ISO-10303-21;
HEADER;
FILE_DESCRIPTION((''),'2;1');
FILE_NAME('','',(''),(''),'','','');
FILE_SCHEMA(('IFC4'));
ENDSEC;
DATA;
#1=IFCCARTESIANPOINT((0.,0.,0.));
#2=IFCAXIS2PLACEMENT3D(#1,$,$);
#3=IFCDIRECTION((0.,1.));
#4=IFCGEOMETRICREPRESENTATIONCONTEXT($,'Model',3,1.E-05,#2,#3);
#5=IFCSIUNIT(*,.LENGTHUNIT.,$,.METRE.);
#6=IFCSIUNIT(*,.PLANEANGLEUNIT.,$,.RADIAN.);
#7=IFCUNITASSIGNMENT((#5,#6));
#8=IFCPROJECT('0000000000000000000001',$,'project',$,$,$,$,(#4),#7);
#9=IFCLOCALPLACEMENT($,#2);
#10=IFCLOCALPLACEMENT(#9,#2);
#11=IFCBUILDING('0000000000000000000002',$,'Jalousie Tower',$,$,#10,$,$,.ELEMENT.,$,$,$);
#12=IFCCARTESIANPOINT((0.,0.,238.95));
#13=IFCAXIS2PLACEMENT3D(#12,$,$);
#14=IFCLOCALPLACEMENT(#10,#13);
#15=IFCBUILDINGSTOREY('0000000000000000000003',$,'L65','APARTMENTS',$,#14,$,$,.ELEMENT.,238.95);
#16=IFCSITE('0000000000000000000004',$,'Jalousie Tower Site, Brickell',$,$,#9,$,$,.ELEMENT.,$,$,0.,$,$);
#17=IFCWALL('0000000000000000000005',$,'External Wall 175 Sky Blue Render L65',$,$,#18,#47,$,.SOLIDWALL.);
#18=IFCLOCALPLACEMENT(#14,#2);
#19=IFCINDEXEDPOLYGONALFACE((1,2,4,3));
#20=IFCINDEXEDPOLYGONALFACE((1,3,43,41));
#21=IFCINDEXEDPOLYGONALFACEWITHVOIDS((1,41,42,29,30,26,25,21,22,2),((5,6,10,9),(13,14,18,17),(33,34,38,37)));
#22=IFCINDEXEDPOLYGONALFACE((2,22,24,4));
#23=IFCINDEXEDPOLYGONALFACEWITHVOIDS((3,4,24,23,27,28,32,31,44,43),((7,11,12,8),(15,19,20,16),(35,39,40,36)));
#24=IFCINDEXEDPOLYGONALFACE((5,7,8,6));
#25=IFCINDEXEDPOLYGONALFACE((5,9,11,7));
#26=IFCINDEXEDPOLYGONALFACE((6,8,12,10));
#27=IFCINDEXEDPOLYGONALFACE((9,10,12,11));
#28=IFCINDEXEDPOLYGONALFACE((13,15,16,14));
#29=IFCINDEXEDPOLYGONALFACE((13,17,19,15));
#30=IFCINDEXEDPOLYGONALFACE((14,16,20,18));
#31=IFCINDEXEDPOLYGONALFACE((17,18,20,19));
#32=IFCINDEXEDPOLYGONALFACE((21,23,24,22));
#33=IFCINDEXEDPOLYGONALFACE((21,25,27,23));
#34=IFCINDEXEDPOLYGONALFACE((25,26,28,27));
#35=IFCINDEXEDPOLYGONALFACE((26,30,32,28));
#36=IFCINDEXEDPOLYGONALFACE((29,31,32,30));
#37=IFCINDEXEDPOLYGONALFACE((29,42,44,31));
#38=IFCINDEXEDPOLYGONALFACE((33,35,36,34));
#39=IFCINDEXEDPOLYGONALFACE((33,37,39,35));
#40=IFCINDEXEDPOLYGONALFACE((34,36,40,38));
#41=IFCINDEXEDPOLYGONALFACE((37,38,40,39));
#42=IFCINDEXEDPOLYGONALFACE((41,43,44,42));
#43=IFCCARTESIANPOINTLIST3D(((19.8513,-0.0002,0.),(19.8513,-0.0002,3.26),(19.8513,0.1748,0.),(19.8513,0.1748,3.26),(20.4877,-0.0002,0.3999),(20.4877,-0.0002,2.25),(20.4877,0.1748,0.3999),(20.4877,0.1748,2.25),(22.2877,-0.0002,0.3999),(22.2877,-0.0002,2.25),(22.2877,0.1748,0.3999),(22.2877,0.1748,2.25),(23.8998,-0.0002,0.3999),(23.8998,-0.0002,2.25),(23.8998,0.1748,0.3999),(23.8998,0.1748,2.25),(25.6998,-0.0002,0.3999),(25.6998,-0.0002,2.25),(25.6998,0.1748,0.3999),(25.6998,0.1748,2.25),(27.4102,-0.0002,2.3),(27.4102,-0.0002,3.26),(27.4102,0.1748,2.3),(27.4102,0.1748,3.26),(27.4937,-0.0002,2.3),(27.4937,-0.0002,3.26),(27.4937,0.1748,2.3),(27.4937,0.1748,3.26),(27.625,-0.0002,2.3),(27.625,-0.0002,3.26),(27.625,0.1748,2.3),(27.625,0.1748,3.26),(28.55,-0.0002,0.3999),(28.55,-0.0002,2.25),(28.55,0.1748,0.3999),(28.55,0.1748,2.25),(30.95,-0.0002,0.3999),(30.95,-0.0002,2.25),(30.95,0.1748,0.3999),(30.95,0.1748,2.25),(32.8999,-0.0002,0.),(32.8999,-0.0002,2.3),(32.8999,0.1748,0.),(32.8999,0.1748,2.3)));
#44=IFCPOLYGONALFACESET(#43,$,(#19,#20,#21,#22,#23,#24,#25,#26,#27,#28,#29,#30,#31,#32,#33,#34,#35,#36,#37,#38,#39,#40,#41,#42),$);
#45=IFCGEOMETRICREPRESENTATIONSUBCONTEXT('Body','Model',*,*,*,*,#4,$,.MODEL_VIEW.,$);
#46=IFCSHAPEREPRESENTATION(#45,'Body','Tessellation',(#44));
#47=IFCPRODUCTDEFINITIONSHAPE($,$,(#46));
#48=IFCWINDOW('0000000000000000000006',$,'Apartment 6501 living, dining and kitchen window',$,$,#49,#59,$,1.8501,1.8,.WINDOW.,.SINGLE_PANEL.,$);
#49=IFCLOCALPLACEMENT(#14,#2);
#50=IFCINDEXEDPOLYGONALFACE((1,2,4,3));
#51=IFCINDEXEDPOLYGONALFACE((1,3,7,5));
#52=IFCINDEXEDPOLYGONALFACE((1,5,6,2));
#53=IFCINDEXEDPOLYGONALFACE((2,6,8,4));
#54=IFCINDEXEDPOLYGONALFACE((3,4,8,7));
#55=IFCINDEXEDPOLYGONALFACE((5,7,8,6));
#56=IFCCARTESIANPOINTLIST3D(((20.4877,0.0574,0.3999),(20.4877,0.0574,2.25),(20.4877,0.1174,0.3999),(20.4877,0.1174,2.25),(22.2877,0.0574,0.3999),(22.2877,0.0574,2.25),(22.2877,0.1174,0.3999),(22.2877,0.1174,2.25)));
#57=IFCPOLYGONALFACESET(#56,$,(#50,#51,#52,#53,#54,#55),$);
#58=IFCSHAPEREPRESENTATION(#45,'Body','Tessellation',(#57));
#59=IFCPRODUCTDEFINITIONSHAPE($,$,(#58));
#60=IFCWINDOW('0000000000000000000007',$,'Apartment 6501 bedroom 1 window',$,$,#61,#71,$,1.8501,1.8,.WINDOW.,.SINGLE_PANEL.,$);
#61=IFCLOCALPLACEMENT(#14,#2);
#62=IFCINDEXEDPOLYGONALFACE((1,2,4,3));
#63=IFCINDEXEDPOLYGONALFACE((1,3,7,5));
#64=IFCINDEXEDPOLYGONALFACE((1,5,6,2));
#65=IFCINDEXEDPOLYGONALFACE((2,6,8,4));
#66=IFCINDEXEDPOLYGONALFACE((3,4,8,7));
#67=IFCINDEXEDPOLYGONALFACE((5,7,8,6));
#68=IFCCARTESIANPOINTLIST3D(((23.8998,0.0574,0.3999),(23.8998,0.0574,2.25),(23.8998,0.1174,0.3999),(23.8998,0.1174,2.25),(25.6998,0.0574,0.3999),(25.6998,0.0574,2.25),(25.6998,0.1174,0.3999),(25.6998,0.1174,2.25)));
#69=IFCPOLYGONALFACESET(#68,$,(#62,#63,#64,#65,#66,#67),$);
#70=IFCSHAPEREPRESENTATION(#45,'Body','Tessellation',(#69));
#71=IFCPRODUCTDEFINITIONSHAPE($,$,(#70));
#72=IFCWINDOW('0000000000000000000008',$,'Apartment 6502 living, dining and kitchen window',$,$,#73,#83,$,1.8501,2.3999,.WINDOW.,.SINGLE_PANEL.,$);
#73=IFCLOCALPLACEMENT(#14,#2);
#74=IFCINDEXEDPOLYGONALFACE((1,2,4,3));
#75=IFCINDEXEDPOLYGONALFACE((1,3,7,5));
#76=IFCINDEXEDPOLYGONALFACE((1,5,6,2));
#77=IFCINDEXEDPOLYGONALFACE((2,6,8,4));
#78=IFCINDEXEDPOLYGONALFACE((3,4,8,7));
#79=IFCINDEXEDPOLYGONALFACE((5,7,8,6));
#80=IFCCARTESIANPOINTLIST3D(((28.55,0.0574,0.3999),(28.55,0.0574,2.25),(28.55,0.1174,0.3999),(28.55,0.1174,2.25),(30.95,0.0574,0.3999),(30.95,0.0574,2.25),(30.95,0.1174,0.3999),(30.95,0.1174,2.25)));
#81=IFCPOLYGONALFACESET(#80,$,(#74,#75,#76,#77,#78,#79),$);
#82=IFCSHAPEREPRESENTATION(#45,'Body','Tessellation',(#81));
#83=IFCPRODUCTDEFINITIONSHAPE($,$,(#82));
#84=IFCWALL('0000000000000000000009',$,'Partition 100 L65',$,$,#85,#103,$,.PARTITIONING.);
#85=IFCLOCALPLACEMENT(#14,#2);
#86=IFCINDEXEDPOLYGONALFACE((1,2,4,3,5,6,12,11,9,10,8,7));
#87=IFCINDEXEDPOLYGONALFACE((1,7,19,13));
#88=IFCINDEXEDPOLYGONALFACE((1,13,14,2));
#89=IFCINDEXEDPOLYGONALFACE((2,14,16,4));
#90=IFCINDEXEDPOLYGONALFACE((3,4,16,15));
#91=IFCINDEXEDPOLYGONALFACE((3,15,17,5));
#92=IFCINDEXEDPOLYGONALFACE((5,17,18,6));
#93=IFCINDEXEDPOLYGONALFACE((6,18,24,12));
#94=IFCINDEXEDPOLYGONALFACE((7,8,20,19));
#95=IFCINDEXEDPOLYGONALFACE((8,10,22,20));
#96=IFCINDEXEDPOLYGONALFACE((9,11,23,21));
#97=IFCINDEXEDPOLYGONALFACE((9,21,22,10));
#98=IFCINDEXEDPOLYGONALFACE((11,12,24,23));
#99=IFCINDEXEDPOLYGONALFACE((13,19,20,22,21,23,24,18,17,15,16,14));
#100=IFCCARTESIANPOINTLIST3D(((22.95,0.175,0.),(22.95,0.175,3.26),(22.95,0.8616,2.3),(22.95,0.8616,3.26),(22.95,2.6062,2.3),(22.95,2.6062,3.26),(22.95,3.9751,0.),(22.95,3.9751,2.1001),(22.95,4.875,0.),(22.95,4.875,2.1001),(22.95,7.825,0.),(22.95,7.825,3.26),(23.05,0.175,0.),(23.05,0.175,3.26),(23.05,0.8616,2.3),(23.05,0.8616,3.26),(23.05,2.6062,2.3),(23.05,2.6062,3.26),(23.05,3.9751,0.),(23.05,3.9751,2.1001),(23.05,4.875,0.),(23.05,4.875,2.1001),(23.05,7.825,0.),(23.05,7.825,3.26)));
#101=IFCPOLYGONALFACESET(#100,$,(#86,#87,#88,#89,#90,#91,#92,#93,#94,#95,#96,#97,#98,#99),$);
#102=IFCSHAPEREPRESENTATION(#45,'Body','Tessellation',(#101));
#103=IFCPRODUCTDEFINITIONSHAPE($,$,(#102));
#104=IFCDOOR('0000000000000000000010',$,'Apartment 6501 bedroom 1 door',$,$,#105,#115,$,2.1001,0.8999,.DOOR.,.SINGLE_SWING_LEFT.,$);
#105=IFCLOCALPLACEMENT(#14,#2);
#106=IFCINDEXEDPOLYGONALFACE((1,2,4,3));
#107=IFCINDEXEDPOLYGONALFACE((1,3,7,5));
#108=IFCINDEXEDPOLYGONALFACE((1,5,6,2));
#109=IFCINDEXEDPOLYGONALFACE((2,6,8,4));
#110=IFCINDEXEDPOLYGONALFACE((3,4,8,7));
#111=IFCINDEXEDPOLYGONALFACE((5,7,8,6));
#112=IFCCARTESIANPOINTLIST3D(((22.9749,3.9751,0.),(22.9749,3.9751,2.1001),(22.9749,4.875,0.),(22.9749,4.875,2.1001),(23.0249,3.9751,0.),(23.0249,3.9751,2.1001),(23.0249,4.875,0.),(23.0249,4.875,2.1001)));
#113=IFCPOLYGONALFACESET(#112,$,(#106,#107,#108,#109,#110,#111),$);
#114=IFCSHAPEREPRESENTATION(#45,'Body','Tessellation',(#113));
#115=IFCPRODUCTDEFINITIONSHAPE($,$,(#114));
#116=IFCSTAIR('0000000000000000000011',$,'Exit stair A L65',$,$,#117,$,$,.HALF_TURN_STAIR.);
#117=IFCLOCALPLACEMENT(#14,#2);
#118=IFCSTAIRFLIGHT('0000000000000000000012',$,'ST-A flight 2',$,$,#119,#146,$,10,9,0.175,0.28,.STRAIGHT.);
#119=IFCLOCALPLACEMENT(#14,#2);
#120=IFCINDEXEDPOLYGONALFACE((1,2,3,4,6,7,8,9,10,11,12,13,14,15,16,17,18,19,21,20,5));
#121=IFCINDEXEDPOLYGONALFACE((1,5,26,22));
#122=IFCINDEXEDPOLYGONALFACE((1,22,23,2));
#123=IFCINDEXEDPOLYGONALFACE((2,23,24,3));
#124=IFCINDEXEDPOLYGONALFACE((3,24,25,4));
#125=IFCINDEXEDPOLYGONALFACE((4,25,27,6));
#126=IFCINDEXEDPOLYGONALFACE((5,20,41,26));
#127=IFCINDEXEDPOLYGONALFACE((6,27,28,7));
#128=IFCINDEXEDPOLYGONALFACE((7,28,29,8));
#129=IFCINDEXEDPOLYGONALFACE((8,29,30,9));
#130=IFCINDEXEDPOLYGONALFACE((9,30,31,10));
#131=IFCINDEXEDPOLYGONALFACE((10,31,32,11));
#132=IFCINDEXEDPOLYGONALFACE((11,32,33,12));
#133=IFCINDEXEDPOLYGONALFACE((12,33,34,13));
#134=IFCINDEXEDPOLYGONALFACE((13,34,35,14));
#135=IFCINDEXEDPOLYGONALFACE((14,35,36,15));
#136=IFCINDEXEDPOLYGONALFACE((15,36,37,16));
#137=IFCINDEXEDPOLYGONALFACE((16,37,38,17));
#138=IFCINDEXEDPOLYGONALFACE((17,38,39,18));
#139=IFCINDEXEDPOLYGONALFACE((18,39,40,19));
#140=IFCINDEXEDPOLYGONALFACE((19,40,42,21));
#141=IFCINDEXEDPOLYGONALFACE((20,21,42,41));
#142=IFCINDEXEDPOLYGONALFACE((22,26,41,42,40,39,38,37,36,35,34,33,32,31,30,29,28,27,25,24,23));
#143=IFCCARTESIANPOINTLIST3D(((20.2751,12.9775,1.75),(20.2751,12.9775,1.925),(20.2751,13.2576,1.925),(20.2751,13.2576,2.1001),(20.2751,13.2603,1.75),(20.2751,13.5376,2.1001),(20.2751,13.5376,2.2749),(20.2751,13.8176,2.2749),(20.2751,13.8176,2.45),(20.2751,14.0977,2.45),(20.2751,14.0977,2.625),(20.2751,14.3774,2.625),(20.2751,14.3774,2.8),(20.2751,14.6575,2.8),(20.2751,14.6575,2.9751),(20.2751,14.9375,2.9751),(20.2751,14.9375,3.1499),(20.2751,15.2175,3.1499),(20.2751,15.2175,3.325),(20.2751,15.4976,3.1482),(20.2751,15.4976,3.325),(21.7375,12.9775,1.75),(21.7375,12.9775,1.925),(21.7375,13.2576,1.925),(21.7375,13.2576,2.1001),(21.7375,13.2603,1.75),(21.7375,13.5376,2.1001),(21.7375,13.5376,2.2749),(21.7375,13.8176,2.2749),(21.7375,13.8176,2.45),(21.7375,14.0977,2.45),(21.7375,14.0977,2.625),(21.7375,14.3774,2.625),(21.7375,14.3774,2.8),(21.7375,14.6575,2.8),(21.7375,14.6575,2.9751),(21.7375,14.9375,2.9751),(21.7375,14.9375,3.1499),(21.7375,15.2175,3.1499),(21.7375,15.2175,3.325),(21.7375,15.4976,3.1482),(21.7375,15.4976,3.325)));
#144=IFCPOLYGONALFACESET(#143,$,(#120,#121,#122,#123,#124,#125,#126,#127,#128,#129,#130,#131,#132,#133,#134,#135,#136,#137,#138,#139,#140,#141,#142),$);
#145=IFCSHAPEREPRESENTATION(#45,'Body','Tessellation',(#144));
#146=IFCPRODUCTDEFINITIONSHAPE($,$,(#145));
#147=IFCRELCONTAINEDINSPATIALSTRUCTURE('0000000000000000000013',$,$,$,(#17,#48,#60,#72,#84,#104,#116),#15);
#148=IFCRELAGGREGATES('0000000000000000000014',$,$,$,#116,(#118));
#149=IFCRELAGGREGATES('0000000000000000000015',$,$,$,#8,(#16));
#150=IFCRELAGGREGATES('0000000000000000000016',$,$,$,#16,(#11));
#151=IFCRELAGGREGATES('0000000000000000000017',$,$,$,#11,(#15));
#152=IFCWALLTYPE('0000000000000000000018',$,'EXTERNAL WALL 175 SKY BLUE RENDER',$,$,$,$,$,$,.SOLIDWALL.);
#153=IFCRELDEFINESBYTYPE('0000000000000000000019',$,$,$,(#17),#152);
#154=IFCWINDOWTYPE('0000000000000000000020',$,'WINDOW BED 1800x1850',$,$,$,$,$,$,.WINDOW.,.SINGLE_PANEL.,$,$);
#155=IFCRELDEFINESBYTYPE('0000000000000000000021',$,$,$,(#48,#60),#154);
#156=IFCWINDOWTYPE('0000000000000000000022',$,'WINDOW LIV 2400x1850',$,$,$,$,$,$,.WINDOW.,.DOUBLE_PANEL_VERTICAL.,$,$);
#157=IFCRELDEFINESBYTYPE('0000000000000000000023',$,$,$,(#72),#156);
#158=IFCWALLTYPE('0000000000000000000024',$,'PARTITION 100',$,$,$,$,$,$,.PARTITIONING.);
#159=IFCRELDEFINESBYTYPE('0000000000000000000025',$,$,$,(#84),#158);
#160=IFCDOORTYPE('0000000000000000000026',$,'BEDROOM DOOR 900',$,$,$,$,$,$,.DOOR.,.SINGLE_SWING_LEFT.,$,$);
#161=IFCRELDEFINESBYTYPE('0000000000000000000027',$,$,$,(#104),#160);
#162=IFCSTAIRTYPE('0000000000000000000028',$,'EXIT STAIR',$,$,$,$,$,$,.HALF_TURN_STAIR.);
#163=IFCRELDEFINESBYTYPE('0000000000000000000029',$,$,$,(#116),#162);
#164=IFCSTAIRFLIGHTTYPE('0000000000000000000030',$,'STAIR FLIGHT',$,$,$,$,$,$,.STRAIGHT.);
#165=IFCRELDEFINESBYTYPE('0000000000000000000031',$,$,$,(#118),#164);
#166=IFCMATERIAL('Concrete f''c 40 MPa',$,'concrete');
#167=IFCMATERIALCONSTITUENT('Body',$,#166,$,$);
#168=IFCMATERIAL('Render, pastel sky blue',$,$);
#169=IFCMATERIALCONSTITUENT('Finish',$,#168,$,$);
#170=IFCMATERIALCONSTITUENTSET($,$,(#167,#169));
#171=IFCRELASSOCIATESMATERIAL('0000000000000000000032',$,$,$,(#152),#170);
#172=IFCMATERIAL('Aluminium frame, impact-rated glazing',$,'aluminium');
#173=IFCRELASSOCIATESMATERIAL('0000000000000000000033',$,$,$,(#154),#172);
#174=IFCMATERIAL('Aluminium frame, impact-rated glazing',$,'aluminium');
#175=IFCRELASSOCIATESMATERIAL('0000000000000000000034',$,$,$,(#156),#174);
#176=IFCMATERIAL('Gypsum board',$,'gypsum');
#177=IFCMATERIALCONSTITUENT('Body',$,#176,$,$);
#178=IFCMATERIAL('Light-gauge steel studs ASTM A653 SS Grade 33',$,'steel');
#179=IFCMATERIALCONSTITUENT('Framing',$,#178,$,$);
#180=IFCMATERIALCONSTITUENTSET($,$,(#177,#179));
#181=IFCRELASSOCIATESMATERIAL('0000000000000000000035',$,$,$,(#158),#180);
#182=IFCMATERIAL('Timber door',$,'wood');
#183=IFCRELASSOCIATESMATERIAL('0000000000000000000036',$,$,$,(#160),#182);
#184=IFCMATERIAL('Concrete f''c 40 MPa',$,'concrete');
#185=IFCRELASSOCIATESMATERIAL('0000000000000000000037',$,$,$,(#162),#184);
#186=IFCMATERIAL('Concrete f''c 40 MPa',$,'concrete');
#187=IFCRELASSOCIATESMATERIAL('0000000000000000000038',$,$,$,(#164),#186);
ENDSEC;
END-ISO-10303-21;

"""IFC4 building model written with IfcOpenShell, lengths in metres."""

from ifc_helpers import new_model, si_unit, direction, frame, frame_2d, origin, place, context, subcontext, project, spatial, polyline, rectangle, outline, extrude, material, constituent, constituent_set, type_object, element, fill, aggregate, save


model = new_model("IFC4")

# Units and contexts
model_context = context("Model", 3, precision=1e-05, world=origin(), true_north=direction((0.0, 1.0)))
body_context = subcontext(model_context, "Body", "Model", "MODEL_VIEW")
ifc_project = project(units=[si_unit("LENGTHUNIT", "METRE"), si_unit("PLANEANGLEUNIT", "RADIAN")], contexts=[model_context])

# Site, building, storey
site_placement = place(None, origin())
site = spatial("IfcSite", under=ifc_project, at=site_placement, Name="Jalousie Tower Site, Brickell", CompositionType="ELEMENT", RefElevation=0.0)
building_placement = place(site_placement, origin())
building = spatial("IfcBuilding", under=site, at=building_placement, Name="Jalousie Tower", CompositionType="ELEMENT")
storey_placement = place(building_placement, frame((0.0, 0.0, 238.95)))
storey = spatial("IfcBuildingStorey", under=building, at=storey_placement, Name="L65", Description="APARTMENTS", CompositionType="ELEMENT", Elevation=238.95)

# Wall, openings, windows
ifc_material_1 = material(Name="Concrete f'c 40 MPa", Category="concrete")
ifc_constituent_1 = constituent(ifc_material_1, Name="Body")
ifc_material_2 = material(Name="Render, pastel sky blue")
ifc_constituent_2 = constituent(ifc_material_2, Name="Finish")
ifc_constituent_set_1 = constituent_set(constituents=[ifc_constituent_1, ifc_constituent_2])
wall_type_1 = type_object("IfcWallType", Name="EXTERNAL WALL 175 SKY BLUE RENDER", PredefinedType="SOLIDWALL", material=ifc_constituent_set_1)
wall_1_placement = place(storey_placement, frame((19.8513, 0.0874, 0.0), z_axis=(0.0, 0.0, 1.0), x_axis=(1.0, 0.0, 0.0)))
wall_1 = element("IfcWall", 1, at=wall_1_placement, inside=storey, type_object=wall_type_1, Name="External Wall 175 Sky Blue Render L65", PredefinedType="SOLIDWALL", context=body_context, shape_type="SweptSolid", body=[
    extrude(outline(polyline([(0.0, 0.0), (13.0486, 0.0), (13.0486, 2.3), (7.7737, 2.3), (7.7737, 3.26), (7.6423, 3.26), (7.6423, 2.3), (7.5588, 2.3), (7.5588, 3.26), (0.0, 3.26), (0.0, 0.0)])), frame((0.0, 0.0874, 0.0), z_axis=(0.0, -1.0, 0.0), x_axis=(1.0, 0.0, 0.0)), (0.0, 0.0, 1.0), 0.175),
])
opening_1_placement = place(wall_1_placement, frame((0.6365, 0.0, 0.3999)))
opening_1 = element("IfcOpeningElement", 2, at=opening_1_placement, cuts=wall_1, PredefinedType="OPENING", context=body_context, shape_type="SweptSolid", body=[
    extrude(rectangle(XDim=1.8, YDim=1.8501, at=frame_2d((0.8999, 0.925))), frame((0.0, 0.0974, 0.0), z_axis=(0.0, -1.0, 0.0), x_axis=(1.0, 0.0, 0.0)), (0.0, 0.0, 1.0), 0.1951),
])
opening_2_placement = place(wall_1_placement, frame((4.0486, 0.0, 0.3999)))
opening_2 = element("IfcOpeningElement", 3, at=opening_2_placement, cuts=wall_1, PredefinedType="OPENING", context=body_context, shape_type="SweptSolid", body=[
    extrude(rectangle(XDim=1.8, YDim=1.8501, at=frame_2d((0.8999, 0.925))), frame((0.0, 0.0974, 0.0), z_axis=(0.0, -1.0, 0.0), x_axis=(1.0, 0.0, 0.0)), (0.0, 0.0, 1.0), 0.1951),
])
opening_3_placement = place(wall_1_placement, frame((8.6987, 0.0, 0.3999)))
opening_3 = element("IfcOpeningElement", 4, at=opening_3_placement, cuts=wall_1, PredefinedType="OPENING", context=body_context, shape_type="SweptSolid", body=[
    extrude(rectangle(XDim=2.3999, YDim=1.8501, at=frame_2d((1.2, 0.925))), frame((0.0, 0.0974, 0.0), z_axis=(0.0, -1.0, 0.0), x_axis=(1.0, 0.0, 0.0)), (0.0, 0.0, 1.0), 0.1951),
])
ifc_material_3 = material(Name="Aluminium frame, impact-rated glazing", Category="aluminium")
window_type_1 = type_object("IfcWindowType", Name="WINDOW BED 1800x1850", PartitioningType="SINGLE_PANEL", PredefinedType="WINDOW", material=ifc_material_3)
window_1_placement = place(opening_1_placement, origin())
window_1 = element("IfcWindow", 5, at=window_1_placement, inside=storey, type_object=window_type_1, Name="Apartment 6501 living, dining and kitchen window", OverallHeight=1.8501, OverallWidth=1.8, PartitioningType="SINGLE_PANEL", PredefinedType="WINDOW", context=body_context, shape_type="SweptSolid", body=[
    extrude(rectangle(XDim=1.8, YDim=1.8501, at=frame_2d((0.8999, 0.925))), frame((0.0, 0.03, 0.0), z_axis=(0.0, -1.0, 0.0), x_axis=(1.0, 0.0, 0.0)), (0.0, 0.0, 1.0), 0.0601),
])
fill(opening_1, window_1)
window_2_placement = place(opening_2_placement, origin())
window_2 = element("IfcWindow", 6, at=window_2_placement, inside=storey, type_object=window_type_1, Name="Apartment 6501 bedroom 1 window", OverallHeight=1.8501, OverallWidth=1.8, PartitioningType="SINGLE_PANEL", PredefinedType="WINDOW", context=body_context, shape_type="SweptSolid", body=[
    extrude(rectangle(XDim=1.8, YDim=1.8501, at=frame_2d((0.8999, 0.925))), frame((0.0, 0.03, 0.0), z_axis=(0.0, -1.0, 0.0), x_axis=(1.0, 0.0, 0.0)), (0.0, 0.0, 1.0), 0.0601),
])
fill(opening_2, window_2)
ifc_material_4 = material(Name="Aluminium frame, impact-rated glazing", Category="aluminium")
window_type_2 = type_object("IfcWindowType", Name="WINDOW LIV 2400x1850", PartitioningType="DOUBLE_PANEL_VERTICAL", PredefinedType="WINDOW", material=ifc_material_4)
window_3_placement = place(opening_3_placement, origin())
window_3 = element("IfcWindow", 7, at=window_3_placement, inside=storey, type_object=window_type_2, Name="Apartment 6502 living, dining and kitchen window", OverallHeight=1.8501, OverallWidth=2.3999, PartitioningType="SINGLE_PANEL", PredefinedType="WINDOW", context=body_context, shape_type="SweptSolid", body=[
    extrude(rectangle(XDim=2.3999, YDim=1.8501, at=frame_2d((1.2, 0.925))), frame((0.0, 0.03, 0.0), z_axis=(0.0, -1.0, 0.0), x_axis=(1.0, 0.0, 0.0)), (0.0, 0.0, 1.0), 0.0601),
])
fill(opening_3, window_3)

# Wall, opening, door
ifc_material_5 = material(Name="Gypsum board", Category="gypsum")
ifc_constituent_3 = constituent(ifc_material_5, Name="Body")
ifc_material_6 = material(Name="Light-gauge steel studs ASTM A653 SS Grade 33", Category="steel")
ifc_constituent_4 = constituent(ifc_material_6, Name="Framing")
ifc_constituent_set_2 = constituent_set(constituents=[ifc_constituent_3, ifc_constituent_4])
wall_type_2 = type_object("IfcWallType", Name="PARTITION 100", PredefinedType="PARTITIONING", material=ifc_constituent_set_2)
wall_2_placement = place(storey_placement, frame((23.0, 0.175, 0.0), z_axis=(0.0, 0.0, 1.0), x_axis=(0.0, 1.0, 0.0)))
wall_2 = element("IfcWall", 8, at=wall_2_placement, inside=storey, type_object=wall_type_2, Name="Partition 100 L65", PredefinedType="PARTITIONING", context=body_context, shape_type="SweptSolid", body=[
    extrude(outline(polyline([(0.0, 0.0), (7.6499, 0.0), (7.6499, 3.26), (2.4312, 3.26), (2.4312, 2.3), (0.6865, 2.3), (0.6865, 3.26), (0.0, 3.26), (0.0, 0.0)])), frame((0.0, 0.05, 0.0), z_axis=(0.0, -1.0, 0.0), x_axis=(1.0, 0.0, 0.0)), (0.0, 0.0, 1.0), 0.1001),
])
opening_4_placement = place(wall_2_placement, frame((3.8, 0.0, 0.0)))
opening_4 = element("IfcOpeningElement", 9, at=opening_4_placement, cuts=wall_2, PredefinedType="OPENING", context=body_context, shape_type="SweptSolid", body=[
    extrude(rectangle(XDim=0.8999, YDim=2.1001, at=frame_2d((0.45, 1.05))), frame((0.0, 0.0601, 0.0), z_axis=(0.0, -1.0, 0.0), x_axis=(1.0, 0.0, 0.0)), (0.0, 0.0, 1.0), 0.1201),
])
ifc_material_7 = material(Name="Timber door", Category="wood")
door_type_1 = type_object("IfcDoorType", Name="BEDROOM DOOR 900", OperationType="SINGLE_SWING_LEFT", PredefinedType="DOOR", material=ifc_material_7)
door_1_placement = place(opening_4_placement, frame((0.8999, 0.0, 0.0), z_axis=(0.0, 0.0, 1.0), x_axis=(-1.0, 0.0, 0.0)))
door_1 = element("IfcDoor", 10, at=door_1_placement, inside=storey, type_object=door_type_1, Name="Apartment 6501 bedroom 1 door", OperationType="SINGLE_SWING_LEFT", OverallHeight=2.1001, OverallWidth=0.8999, PredefinedType="DOOR", context=body_context, shape_type="SweptSolid", body=[
    extrude(rectangle(XDim=0.8999, YDim=2.1001, at=frame_2d((0.45, 1.05))), frame((0.0, 0.0249, 0.0), z_axis=(0.0, -1.0, 0.0), x_axis=(1.0, 0.0, 0.0)), (0.0, 0.0, 1.0), 0.05),
])
fill(opening_4, door_1)

# Stair, stair flight
ifc_material_8 = material(Name="Concrete f'c 40 MPa", Category="concrete")
stair_type = type_object("IfcStairType", Name="EXIT STAIR", PredefinedType="HALF_TURN_STAIR", material=ifc_material_8)
stair_placement = place(storey_placement, origin())
stair = element("IfcStair", 11, at=stair_placement, inside=storey, type_object=stair_type, Name="Exit stair A L65", PredefinedType="HALF_TURN_STAIR")
ifc_material_9 = material(Name="Concrete f'c 40 MPa", Category="concrete")
stair_flight_type = type_object("IfcStairFlightType", Name="STAIR FLIGHT", PredefinedType="STRAIGHT", material=ifc_material_9)
stair_flight_placement = place(storey_placement, frame((21.0063, 12.9775, 1.75), z_axis=(0.0, 0.0, 1.0), x_axis=(0.0, 1.0, 0.0)))
stair_flight = element("IfcStairFlight", 12, at=stair_flight_placement, type_object=stair_flight_type, Name="ST-A flight 2", NumberOfRisers=10, NumberOfTreads=9, PredefinedType="STRAIGHT", RiserHeight=0.175, TreadLength=0.28, context=body_context, shape_type="SweptSolid", body=[
    extrude(outline(polyline([(0.0, 0.0), (0.0, 0.175), (0.28, 0.175), (0.28, 0.3501), (0.5601, 0.3501), (0.5601, 0.5249), (0.8401, 0.5249), (0.8401, 0.7), (1.1201, 0.7), (1.1201, 0.875), (1.3999, 0.875), (1.3999, 1.05), (1.6799, 1.05), (1.6799, 1.2251), (1.96, 1.2251), (1.96, 1.3999), (2.24, 1.3999), (2.24, 1.575), (2.52, 1.575), (2.52, 1.75), (2.52, 1.3982), (0.2827, 0.0), (0.0, 0.0)])), frame((0.0, 0.7312, 0.0), z_axis=(0.0, -1.0, 0.0), x_axis=(1.0, 0.0, 0.0)), (0.0, 0.0, 1.0), 1.4624),
])
aggregate(stair, [stair_flight])

save(model, "model.ifc")
